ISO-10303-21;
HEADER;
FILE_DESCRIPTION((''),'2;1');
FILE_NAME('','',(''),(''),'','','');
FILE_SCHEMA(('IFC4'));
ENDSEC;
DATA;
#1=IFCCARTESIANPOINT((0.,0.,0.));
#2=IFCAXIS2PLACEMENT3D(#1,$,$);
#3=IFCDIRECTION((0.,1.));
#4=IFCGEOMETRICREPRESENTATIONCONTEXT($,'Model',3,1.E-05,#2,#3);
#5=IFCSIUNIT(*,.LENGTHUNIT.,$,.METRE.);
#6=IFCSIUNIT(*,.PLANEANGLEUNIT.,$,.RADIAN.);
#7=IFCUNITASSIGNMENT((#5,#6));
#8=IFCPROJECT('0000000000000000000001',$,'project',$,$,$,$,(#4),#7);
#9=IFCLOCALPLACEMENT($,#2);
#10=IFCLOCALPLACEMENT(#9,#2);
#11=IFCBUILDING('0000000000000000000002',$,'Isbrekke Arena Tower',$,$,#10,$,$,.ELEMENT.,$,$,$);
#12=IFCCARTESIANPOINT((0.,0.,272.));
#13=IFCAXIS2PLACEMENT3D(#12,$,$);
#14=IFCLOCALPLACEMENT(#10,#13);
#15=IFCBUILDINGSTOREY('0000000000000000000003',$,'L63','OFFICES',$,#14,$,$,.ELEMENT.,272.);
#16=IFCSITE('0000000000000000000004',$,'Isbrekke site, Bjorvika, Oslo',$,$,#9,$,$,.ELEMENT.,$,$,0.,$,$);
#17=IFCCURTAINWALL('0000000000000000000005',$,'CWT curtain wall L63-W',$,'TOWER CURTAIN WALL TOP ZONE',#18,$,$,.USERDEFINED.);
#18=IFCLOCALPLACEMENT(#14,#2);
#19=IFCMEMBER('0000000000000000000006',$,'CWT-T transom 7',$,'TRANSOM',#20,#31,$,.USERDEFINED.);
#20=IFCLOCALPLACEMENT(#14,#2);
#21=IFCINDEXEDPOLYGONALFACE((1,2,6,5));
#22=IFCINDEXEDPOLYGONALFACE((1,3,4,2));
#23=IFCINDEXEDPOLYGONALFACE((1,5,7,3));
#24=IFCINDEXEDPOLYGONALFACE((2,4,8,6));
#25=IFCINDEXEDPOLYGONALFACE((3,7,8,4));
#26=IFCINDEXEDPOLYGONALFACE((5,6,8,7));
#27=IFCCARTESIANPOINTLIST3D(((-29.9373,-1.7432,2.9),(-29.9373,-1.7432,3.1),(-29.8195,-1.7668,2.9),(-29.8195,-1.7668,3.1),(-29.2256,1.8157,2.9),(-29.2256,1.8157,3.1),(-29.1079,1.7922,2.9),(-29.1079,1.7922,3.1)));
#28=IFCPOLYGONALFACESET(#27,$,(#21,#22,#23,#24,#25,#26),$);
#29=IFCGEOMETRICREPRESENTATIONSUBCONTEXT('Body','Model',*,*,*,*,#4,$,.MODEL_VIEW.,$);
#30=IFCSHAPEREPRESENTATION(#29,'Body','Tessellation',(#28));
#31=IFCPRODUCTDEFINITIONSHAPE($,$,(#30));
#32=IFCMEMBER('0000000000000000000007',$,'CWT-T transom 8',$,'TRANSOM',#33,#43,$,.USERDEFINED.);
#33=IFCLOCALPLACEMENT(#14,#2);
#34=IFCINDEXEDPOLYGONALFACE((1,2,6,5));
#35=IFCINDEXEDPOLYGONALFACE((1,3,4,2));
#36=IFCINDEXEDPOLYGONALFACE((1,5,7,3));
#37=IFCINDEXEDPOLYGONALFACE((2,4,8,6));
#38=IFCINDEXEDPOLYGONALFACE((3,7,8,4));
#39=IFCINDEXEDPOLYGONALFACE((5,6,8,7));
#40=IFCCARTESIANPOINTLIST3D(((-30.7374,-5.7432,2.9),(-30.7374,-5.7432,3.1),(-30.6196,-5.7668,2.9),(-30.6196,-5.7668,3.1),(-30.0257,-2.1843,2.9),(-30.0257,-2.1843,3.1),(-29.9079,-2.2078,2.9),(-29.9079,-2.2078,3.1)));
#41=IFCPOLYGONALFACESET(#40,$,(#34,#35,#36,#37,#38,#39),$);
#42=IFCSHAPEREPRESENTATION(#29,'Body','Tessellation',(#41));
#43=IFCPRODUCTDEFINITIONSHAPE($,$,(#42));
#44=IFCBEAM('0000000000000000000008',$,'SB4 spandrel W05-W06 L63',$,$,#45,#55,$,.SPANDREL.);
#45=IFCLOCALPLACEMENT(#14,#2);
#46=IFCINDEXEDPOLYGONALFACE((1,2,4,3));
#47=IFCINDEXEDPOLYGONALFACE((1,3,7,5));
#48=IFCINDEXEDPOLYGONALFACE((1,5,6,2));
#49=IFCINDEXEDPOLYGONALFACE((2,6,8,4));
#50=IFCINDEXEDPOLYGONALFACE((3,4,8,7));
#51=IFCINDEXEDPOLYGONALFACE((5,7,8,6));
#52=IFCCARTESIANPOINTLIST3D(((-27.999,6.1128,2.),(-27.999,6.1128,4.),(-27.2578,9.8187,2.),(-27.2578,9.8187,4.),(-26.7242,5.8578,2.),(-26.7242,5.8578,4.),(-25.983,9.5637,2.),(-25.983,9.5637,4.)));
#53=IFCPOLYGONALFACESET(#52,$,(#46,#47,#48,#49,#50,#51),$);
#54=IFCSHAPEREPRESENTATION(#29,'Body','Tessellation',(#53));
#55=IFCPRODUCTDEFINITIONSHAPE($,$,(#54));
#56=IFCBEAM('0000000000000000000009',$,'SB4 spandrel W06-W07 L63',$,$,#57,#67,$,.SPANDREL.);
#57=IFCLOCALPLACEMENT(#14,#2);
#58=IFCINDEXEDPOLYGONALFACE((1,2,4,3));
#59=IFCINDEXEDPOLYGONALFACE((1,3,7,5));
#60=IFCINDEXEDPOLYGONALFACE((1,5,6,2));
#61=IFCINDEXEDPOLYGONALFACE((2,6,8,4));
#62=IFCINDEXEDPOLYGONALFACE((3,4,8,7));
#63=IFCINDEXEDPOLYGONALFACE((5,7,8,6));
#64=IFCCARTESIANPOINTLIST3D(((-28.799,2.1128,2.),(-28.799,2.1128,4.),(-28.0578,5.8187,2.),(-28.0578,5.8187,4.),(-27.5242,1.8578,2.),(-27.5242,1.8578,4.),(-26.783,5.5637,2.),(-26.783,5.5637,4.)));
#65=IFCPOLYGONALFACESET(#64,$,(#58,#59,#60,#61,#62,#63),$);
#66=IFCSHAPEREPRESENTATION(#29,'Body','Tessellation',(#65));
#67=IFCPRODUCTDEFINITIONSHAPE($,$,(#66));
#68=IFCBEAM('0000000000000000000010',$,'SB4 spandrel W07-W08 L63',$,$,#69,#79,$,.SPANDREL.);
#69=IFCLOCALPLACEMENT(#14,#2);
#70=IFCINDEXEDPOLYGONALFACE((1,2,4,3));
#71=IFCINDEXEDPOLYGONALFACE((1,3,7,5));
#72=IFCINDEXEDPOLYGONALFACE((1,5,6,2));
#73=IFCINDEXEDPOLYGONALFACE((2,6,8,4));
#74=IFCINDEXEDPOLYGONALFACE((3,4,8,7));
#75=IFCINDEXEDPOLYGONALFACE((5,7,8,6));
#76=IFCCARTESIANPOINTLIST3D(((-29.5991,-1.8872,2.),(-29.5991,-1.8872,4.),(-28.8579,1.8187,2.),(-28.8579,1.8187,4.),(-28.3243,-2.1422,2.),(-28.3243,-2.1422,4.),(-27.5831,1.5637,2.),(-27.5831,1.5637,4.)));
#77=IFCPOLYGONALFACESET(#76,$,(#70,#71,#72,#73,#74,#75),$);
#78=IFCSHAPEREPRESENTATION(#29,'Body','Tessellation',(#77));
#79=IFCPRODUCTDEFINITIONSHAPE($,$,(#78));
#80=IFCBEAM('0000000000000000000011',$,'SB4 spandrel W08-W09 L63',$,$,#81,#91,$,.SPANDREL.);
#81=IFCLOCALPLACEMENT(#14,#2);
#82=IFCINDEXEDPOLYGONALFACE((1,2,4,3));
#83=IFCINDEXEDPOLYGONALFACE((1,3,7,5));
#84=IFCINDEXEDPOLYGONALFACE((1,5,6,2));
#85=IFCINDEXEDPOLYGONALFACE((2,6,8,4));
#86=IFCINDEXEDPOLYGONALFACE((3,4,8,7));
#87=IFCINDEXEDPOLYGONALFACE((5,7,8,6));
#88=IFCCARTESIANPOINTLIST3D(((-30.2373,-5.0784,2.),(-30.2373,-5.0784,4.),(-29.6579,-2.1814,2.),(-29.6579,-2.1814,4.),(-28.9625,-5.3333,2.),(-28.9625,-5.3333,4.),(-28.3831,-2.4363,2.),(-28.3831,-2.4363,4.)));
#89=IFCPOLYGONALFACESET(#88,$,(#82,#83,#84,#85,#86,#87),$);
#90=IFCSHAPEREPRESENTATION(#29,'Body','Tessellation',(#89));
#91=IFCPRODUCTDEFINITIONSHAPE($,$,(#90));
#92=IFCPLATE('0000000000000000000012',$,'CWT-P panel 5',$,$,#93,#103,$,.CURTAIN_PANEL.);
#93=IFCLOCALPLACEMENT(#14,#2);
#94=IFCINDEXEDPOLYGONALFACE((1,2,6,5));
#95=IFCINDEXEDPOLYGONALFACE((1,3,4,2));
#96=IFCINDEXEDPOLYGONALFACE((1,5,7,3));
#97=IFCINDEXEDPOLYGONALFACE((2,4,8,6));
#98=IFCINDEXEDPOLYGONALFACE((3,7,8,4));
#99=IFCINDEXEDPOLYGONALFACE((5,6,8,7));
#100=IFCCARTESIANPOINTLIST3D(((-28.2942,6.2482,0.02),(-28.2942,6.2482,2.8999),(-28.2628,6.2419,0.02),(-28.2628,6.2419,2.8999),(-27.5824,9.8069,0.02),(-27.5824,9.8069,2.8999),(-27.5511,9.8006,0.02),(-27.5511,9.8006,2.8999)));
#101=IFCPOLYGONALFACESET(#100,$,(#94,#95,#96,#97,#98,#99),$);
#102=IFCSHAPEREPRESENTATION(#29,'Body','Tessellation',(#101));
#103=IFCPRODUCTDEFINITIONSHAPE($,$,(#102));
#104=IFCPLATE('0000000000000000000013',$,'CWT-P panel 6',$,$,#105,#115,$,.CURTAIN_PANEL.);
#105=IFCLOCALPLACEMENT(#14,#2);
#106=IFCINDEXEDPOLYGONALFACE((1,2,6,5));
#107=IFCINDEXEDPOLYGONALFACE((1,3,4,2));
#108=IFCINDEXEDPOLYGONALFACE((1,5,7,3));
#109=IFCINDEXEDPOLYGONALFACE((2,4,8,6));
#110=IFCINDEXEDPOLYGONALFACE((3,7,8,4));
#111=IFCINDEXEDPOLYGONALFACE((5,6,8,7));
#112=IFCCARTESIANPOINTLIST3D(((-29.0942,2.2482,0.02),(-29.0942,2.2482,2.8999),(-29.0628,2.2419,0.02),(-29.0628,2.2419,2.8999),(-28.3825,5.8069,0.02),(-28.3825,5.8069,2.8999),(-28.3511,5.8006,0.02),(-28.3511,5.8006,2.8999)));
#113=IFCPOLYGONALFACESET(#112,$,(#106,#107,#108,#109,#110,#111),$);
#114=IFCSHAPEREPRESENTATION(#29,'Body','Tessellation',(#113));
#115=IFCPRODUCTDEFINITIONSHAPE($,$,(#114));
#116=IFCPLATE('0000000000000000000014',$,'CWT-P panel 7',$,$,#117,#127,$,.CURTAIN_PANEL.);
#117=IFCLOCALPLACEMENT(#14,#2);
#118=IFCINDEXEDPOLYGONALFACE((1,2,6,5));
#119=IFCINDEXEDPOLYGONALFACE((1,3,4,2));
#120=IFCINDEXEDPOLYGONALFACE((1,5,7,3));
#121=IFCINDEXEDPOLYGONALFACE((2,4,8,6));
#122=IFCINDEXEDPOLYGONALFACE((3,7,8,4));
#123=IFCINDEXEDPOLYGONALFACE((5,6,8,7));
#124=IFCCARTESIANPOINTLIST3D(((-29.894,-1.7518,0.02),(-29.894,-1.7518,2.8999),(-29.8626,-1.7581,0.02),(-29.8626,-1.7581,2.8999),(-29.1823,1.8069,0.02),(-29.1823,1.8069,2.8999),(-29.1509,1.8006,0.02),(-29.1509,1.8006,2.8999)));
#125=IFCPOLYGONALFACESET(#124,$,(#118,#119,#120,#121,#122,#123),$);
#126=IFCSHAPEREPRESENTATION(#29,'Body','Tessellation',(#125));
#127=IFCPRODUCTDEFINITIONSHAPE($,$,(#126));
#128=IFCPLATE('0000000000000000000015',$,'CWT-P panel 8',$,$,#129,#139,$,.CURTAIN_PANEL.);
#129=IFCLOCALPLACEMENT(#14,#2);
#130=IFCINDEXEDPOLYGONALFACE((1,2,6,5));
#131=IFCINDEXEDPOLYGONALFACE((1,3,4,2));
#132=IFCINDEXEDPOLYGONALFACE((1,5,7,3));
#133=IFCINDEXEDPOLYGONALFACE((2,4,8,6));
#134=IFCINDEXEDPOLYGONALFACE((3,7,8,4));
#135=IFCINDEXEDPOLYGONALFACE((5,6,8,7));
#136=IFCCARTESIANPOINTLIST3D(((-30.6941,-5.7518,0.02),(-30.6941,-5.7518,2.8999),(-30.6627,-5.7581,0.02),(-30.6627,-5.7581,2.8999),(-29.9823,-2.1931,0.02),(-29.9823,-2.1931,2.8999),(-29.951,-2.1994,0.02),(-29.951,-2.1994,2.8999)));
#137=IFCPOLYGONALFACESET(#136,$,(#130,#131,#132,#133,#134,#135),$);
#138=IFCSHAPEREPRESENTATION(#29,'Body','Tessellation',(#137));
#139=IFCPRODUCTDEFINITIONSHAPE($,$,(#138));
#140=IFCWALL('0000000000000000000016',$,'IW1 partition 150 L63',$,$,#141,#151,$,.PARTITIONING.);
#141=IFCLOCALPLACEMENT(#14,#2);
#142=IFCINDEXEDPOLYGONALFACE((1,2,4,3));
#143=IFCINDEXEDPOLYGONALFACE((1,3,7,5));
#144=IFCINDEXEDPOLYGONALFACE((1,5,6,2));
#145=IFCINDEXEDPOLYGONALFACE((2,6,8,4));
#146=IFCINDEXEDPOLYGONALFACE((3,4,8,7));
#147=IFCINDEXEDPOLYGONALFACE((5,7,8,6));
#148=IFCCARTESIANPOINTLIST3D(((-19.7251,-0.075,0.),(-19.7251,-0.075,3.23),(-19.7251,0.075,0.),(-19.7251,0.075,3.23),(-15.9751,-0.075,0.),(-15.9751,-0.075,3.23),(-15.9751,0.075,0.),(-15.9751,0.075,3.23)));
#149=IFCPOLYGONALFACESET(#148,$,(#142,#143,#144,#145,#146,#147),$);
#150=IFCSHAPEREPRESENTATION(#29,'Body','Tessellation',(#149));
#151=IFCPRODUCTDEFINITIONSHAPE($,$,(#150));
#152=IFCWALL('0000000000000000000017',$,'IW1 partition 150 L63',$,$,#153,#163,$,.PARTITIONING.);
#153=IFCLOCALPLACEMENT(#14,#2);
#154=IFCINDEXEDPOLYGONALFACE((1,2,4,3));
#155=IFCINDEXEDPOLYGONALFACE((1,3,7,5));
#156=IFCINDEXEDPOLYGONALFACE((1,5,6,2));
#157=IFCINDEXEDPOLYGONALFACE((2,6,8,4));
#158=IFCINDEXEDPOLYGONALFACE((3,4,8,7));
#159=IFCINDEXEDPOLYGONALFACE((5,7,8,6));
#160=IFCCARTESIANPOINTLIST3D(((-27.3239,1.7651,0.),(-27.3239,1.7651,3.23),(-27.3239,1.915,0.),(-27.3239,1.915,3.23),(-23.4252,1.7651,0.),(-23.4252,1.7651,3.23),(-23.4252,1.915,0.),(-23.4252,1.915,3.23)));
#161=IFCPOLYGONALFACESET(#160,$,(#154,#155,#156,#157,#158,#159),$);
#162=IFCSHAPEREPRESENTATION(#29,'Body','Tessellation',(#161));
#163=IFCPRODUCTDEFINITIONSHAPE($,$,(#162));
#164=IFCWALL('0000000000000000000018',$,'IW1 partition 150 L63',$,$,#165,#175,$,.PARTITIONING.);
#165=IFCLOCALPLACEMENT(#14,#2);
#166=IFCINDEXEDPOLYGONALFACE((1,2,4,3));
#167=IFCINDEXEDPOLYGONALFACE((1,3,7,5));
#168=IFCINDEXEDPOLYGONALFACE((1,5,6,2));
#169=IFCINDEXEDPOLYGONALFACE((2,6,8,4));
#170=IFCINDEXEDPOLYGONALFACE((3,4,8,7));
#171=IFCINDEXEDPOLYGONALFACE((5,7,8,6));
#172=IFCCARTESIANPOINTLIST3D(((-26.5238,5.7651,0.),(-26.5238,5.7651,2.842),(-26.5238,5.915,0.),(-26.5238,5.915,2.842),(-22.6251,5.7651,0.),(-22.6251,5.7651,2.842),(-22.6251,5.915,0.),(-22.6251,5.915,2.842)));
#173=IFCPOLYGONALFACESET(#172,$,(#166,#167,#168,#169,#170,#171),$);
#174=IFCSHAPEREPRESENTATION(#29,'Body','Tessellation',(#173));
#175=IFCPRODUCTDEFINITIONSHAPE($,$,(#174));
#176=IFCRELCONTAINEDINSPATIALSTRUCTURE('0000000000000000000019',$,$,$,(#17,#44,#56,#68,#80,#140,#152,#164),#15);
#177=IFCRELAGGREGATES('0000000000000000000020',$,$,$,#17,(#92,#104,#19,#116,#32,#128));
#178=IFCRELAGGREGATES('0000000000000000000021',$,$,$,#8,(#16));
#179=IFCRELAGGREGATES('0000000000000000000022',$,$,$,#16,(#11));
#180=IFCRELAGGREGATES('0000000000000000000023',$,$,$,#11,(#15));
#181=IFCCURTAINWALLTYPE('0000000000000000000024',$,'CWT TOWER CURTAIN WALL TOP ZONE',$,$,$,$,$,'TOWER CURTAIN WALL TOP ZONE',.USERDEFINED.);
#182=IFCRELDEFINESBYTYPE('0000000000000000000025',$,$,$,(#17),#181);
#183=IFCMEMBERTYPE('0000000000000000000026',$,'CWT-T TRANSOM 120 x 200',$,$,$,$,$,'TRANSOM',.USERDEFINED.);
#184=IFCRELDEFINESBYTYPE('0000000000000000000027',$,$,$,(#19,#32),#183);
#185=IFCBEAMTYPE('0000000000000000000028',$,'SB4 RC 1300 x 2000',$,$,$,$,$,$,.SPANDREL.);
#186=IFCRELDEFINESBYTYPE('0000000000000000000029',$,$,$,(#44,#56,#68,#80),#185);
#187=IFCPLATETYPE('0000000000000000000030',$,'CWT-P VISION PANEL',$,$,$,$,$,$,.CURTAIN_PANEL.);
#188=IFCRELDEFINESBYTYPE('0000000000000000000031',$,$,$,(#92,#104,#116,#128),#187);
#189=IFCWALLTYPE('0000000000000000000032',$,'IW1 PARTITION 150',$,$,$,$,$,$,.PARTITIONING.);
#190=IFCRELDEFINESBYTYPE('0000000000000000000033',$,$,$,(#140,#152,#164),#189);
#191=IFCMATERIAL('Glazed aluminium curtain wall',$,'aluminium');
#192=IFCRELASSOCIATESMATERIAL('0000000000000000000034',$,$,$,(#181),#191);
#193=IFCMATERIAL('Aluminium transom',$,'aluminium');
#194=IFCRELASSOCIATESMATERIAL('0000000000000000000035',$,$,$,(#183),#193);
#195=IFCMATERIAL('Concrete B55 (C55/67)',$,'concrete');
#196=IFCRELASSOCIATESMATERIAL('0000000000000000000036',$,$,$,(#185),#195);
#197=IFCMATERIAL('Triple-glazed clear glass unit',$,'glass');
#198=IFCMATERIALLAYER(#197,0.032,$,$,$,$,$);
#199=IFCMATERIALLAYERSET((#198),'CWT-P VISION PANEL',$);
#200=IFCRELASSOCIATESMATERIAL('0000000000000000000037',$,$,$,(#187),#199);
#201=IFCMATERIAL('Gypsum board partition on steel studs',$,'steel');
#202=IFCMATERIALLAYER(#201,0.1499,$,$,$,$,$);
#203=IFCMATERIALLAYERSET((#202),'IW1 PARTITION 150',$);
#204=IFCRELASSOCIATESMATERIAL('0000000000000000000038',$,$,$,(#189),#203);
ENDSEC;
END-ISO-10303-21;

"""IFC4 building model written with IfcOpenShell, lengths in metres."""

from ifc_helpers import new_model, si_unit, direction, frame, frame_2d, origin, origin_2d, place, context, subcontext, project, spatial, rectangle, extrude, material, layer, layer_set, material_profile, profile_set, type_object, element, aggregate, save


model = new_model("IFC4")

# Units and contexts
model_context = context("Model", 3, precision=1e-05, world=origin(), true_north=direction((0.0, 1.0)))
body_context = subcontext(model_context, "Body", "Model", "MODEL_VIEW")
ifc_project = project(units=[si_unit("LENGTHUNIT", "METRE"), si_unit("PLANEANGLEUNIT", "RADIAN")], contexts=[model_context])

# Site, building, storey
site_placement = place(None, origin())
site = spatial("IfcSite", under=ifc_project, at=site_placement, Name="Isbrekke site, Bjorvika, Oslo", CompositionType="ELEMENT", RefElevation=0.0)
building_placement = place(site_placement, origin())
building = spatial("IfcBuilding", under=site, at=building_placement, Name="Isbrekke Arena Tower", CompositionType="ELEMENT")
storey_placement = place(building_placement, frame((0.0, 0.0, 272.0)))
storey = spatial("IfcBuildingStorey", under=building, at=storey_placement, Name="L63", Description="OFFICES", CompositionType="ELEMENT", Elevation=272.0)

# Curtain wall, members
ifc_material_1 = material(Name="Glazed aluminium curtain wall", Category="aluminium")
curtain_wall_type = type_object("IfcCurtainWallType", Name="CWT TOWER CURTAIN WALL TOP ZONE", ElementType="TOWER CURTAIN WALL TOP ZONE", PredefinedType="USERDEFINED", material=ifc_material_1)
curtain_wall_placement = place(storey_placement, origin())
curtain_wall = element("IfcCurtainWall", 1, at=curtain_wall_placement, inside=storey, type_object=curtain_wall_type, Name="CWT curtain wall L63-W", ObjectType="TOWER CURTAIN WALL TOP ZONE", PredefinedType="USERDEFINED")
ifc_material_2 = material(Name="Aluminium transom", Category="aluminium")
ifc_material_profile_1 = material_profile(ifc_material_2, rectangle(XDim=0.1201, YDim=0.2, at=origin_2d()), Name="TRANSOM 120X200")
ifc_profile_set_1 = profile_set([ifc_material_profile_1], Name="Aluminium transom")
member_type_1 = type_object("IfcMemberType", Name="CWT-T TRANSOM 120 x 200", ElementType="TRANSOM", PredefinedType="USERDEFINED", material=ifc_profile_set_1)
member_1_placement = place(storey_placement, frame((-29.1667, 1.804, 3.0), z_axis=(-0.19609, -0.980586, 0.0), x_axis=(0.980586, -0.19609, 0.0)))
member_1 = element("IfcMember", 2, at=member_1_placement, type_object=member_type_1, Name="CWT-T transom 7", ObjectType="TRANSOM", PredefinedType="USERDEFINED", context=body_context, shape_type="SweptSolid", body=[
    extrude(rectangle(XDim=0.1201, YDim=0.2, at=origin_2d()), origin(), (0.0, 0.0, 1.0), 3.6294),
])
member_2_placement = place(storey_placement, frame((-29.9668, -2.196, 3.0), z_axis=(-0.19609, -0.980586, 0.0), x_axis=(0.980586, -0.19609, 0.0)))
member_2 = element("IfcMember", 3, at=member_2_placement, type_object=member_type_1, Name="CWT-T transom 8", ObjectType="TRANSOM", PredefinedType="USERDEFINED", context=body_context, shape_type="SweptSolid", body=[
    extrude(rectangle(XDim=0.1201, YDim=0.2, at=origin_2d()), origin(), (0.0, 0.0, 1.0), 3.6294),
])

# Beams
ifc_material_3 = material(Name="Concrete B55 (C55/67)", Category="concrete")
ifc_material_profile_2 = material_profile(ifc_material_3, rectangle(XDim=1.3, YDim=2.0, at=origin_2d()), Name="RC 1300x2000")
ifc_profile_set_2 = profile_set([ifc_material_profile_2], Name="Concrete B55 (C55/67)")
beam_type_1 = type_object("IfcBeamType", Name="SB4 RC 1300 x 2000", PredefinedType="SPANDREL", material=ifc_profile_set_2)
for number, where, z_axis, x_axis, name in (
    (4, (-26.6204, 9.6912, 3.0), (-0.196129, -0.980578, 0.0), (0.980578, -0.196129, 0.0), "SB4 spandrel W05-W06 L63"),
    (5, (-27.4204, 5.6912, 3.0), (-0.196129, -0.980578, 0.0), (0.980578, -0.196129, 0.0), "SB4 spandrel W06-W07 L63"),
    (6, (-28.2205, 1.6912, 3.0), (-0.196129, -0.980578, 0.0), (0.980578, -0.196129, 0.0), "SB4 spandrel W07-W08 L63"),
):
    element("IfcBeam", number, at=place(storey_placement, frame(where, z_axis=z_axis, x_axis=x_axis)), inside=storey, type_object=beam_type_1, Name=name, PredefinedType="SPANDREL", context=body_context, shape_type="SweptSolid", body=[
        extrude(rectangle(XDim=1.3, YDim=2.0, at=origin_2d()), origin(), (0.0, 0.0, 1.0), 3.7793),
    ])
beam_1_placement = place(storey_placement, frame((-29.0205, -2.3088, 3.0), z_axis=(-0.1961, -0.980584, 0.0), x_axis=(0.980584, -0.1961, 0.0)))
element("IfcBeam", 7, at=beam_1_placement, inside=storey, type_object=beam_type_1, Name="SB4 spandrel W08-W09 L63", PredefinedType="SPANDREL", context=body_context, shape_type="SweptSolid", body=[
    extrude(rectangle(XDim=1.3, YDim=2.0, at=origin_2d()), origin(), (0.0, 0.0, 1.0), 2.9543),
])

# Plates
ifc_material_4 = material(Name="Triple-glazed clear glass unit", Category="glass")
ifc_layer_1 = layer(ifc_material_4, 0.032)
ifc_layer_set_1 = layer_set([ifc_layer_1], Name="CWT-P VISION PANEL")
plate_type = type_object("IfcPlateType", Name="CWT-P VISION PANEL", PredefinedType="CURTAIN_PANEL", material=ifc_layer_set_1)
plate_1_placement = place(storey_placement, frame((-27.9226, 8.0244, 0.02), z_axis=(0.0, 0.0, 1.0), x_axis=(-0.196116, -0.980581, 0.0)))
plate_1 = element("IfcPlate", 8, at=plate_1_placement, type_object=plate_type, Name="CWT-P panel 5", PredefinedType="CURTAIN_PANEL", context=body_context, shape_type="SweptSolid", body=[
    extrude(rectangle(XDim=3.6292, YDim=0.032, at=origin_2d()), origin(), (0.0, 0.0, 1.0), 2.8799),
])
plate_2_placement = place(storey_placement, frame((-28.7227, 4.0244, 0.02), z_axis=(0.0, 0.0, 1.0), x_axis=(-0.196116, -0.980581, 0.0)))
plate_2 = element("IfcPlate", 9, at=plate_2_placement, type_object=plate_type, Name="CWT-P panel 6", PredefinedType="CURTAIN_PANEL", context=body_context, shape_type="SweptSolid", body=[
    extrude(rectangle(XDim=3.6292, YDim=0.032, at=origin_2d()), origin(), (0.0, 0.0, 1.0), 2.8799),
])
plate_3_placement = place(storey_placement, frame((-29.5225, 0.0244, 0.02), z_axis=(0.0, 0.0, 1.0), x_axis=(-0.196116, -0.980581, 0.0)))
plate_3 = element("IfcPlate", 10, at=plate_3_placement, type_object=plate_type, Name="CWT-P panel 7", PredefinedType="CURTAIN_PANEL", context=body_context, shape_type="SweptSolid", body=[
    extrude(rectangle(XDim=3.6292, YDim=0.032, at=origin_2d()), origin(), (0.0, 0.0, 1.0), 2.8799),
])
plate_4_placement = place(storey_placement, frame((-30.3225, -3.9756, 0.02), z_axis=(0.0, 0.0, 1.0), x_axis=(-0.196116, -0.980581, 0.0)))
plate_4 = element("IfcPlate", 11, at=plate_4_placement, type_object=plate_type, Name="CWT-P panel 8", PredefinedType="CURTAIN_PANEL", context=body_context, shape_type="SweptSolid", body=[
    extrude(rectangle(XDim=3.6292, YDim=0.032, at=origin_2d()), origin(), (0.0, 0.0, 1.0), 2.8799),
])
aggregate(curtain_wall, [plate_1, plate_2, member_1, plate_3, member_2, plate_4])

# Walls
ifc_material_5 = material(Name="Gypsum board partition on steel studs", Category="steel")
ifc_layer_2 = layer(ifc_material_5, 0.1499)
ifc_layer_set_2 = layer_set([ifc_layer_2], Name="IW1 PARTITION 150")
wall_type = type_object("IfcWallType", Name="IW1 PARTITION 150", PredefinedType="PARTITIONING", material=ifc_layer_set_2)
wall_1_placement = place(storey_placement, frame((-19.7251, 0.0, 0.0), z_axis=(0.0, 0.0, 1.0), x_axis=(1.0, 0.0, 0.0)))
element("IfcWall", 12, at=wall_1_placement, inside=storey, type_object=wall_type, Name="IW1 partition 150 L63", PredefinedType="PARTITIONING", context=body_context, shape_type="SweptSolid", body=[
    extrude(rectangle(XDim=3.75, YDim=0.1499, at=frame_2d((1.875, 0.0))), origin(), (0.0, 0.0, 1.0), 3.23),
])
wall_2_placement = place(storey_placement, frame((-27.3237, 1.8401, 0.0), z_axis=(0.0, 0.0, 1.0), x_axis=(1.0, 0.0, 0.0)))
element("IfcWall", 13, at=wall_2_placement, inside=storey, type_object=wall_type, Name="IW1 partition 150 L63", PredefinedType="PARTITIONING", context=body_context, shape_type="SweptSolid", body=[
    extrude(rectangle(XDim=3.8987, YDim=0.1499, at=frame_2d((1.9492, 0.0))), origin(), (0.0, 0.0, 1.0), 3.23),
])
wall_3_placement = place(storey_placement, frame((-26.5237, 5.8401, 0.0), z_axis=(0.0, 0.0, 1.0), x_axis=(1.0, 0.0, 0.0)))
element("IfcWall", 14, at=wall_3_placement, inside=storey, type_object=wall_type, Name="IW1 partition 150 L63", PredefinedType="PARTITIONING", context=body_context, shape_type="SweptSolid", body=[
    extrude(rectangle(XDim=3.8987, YDim=0.1499, at=frame_2d((1.9492, 0.0))), origin(), (0.0, 0.0, 1.0), 2.842),
])

save(model, "model.ifc")
